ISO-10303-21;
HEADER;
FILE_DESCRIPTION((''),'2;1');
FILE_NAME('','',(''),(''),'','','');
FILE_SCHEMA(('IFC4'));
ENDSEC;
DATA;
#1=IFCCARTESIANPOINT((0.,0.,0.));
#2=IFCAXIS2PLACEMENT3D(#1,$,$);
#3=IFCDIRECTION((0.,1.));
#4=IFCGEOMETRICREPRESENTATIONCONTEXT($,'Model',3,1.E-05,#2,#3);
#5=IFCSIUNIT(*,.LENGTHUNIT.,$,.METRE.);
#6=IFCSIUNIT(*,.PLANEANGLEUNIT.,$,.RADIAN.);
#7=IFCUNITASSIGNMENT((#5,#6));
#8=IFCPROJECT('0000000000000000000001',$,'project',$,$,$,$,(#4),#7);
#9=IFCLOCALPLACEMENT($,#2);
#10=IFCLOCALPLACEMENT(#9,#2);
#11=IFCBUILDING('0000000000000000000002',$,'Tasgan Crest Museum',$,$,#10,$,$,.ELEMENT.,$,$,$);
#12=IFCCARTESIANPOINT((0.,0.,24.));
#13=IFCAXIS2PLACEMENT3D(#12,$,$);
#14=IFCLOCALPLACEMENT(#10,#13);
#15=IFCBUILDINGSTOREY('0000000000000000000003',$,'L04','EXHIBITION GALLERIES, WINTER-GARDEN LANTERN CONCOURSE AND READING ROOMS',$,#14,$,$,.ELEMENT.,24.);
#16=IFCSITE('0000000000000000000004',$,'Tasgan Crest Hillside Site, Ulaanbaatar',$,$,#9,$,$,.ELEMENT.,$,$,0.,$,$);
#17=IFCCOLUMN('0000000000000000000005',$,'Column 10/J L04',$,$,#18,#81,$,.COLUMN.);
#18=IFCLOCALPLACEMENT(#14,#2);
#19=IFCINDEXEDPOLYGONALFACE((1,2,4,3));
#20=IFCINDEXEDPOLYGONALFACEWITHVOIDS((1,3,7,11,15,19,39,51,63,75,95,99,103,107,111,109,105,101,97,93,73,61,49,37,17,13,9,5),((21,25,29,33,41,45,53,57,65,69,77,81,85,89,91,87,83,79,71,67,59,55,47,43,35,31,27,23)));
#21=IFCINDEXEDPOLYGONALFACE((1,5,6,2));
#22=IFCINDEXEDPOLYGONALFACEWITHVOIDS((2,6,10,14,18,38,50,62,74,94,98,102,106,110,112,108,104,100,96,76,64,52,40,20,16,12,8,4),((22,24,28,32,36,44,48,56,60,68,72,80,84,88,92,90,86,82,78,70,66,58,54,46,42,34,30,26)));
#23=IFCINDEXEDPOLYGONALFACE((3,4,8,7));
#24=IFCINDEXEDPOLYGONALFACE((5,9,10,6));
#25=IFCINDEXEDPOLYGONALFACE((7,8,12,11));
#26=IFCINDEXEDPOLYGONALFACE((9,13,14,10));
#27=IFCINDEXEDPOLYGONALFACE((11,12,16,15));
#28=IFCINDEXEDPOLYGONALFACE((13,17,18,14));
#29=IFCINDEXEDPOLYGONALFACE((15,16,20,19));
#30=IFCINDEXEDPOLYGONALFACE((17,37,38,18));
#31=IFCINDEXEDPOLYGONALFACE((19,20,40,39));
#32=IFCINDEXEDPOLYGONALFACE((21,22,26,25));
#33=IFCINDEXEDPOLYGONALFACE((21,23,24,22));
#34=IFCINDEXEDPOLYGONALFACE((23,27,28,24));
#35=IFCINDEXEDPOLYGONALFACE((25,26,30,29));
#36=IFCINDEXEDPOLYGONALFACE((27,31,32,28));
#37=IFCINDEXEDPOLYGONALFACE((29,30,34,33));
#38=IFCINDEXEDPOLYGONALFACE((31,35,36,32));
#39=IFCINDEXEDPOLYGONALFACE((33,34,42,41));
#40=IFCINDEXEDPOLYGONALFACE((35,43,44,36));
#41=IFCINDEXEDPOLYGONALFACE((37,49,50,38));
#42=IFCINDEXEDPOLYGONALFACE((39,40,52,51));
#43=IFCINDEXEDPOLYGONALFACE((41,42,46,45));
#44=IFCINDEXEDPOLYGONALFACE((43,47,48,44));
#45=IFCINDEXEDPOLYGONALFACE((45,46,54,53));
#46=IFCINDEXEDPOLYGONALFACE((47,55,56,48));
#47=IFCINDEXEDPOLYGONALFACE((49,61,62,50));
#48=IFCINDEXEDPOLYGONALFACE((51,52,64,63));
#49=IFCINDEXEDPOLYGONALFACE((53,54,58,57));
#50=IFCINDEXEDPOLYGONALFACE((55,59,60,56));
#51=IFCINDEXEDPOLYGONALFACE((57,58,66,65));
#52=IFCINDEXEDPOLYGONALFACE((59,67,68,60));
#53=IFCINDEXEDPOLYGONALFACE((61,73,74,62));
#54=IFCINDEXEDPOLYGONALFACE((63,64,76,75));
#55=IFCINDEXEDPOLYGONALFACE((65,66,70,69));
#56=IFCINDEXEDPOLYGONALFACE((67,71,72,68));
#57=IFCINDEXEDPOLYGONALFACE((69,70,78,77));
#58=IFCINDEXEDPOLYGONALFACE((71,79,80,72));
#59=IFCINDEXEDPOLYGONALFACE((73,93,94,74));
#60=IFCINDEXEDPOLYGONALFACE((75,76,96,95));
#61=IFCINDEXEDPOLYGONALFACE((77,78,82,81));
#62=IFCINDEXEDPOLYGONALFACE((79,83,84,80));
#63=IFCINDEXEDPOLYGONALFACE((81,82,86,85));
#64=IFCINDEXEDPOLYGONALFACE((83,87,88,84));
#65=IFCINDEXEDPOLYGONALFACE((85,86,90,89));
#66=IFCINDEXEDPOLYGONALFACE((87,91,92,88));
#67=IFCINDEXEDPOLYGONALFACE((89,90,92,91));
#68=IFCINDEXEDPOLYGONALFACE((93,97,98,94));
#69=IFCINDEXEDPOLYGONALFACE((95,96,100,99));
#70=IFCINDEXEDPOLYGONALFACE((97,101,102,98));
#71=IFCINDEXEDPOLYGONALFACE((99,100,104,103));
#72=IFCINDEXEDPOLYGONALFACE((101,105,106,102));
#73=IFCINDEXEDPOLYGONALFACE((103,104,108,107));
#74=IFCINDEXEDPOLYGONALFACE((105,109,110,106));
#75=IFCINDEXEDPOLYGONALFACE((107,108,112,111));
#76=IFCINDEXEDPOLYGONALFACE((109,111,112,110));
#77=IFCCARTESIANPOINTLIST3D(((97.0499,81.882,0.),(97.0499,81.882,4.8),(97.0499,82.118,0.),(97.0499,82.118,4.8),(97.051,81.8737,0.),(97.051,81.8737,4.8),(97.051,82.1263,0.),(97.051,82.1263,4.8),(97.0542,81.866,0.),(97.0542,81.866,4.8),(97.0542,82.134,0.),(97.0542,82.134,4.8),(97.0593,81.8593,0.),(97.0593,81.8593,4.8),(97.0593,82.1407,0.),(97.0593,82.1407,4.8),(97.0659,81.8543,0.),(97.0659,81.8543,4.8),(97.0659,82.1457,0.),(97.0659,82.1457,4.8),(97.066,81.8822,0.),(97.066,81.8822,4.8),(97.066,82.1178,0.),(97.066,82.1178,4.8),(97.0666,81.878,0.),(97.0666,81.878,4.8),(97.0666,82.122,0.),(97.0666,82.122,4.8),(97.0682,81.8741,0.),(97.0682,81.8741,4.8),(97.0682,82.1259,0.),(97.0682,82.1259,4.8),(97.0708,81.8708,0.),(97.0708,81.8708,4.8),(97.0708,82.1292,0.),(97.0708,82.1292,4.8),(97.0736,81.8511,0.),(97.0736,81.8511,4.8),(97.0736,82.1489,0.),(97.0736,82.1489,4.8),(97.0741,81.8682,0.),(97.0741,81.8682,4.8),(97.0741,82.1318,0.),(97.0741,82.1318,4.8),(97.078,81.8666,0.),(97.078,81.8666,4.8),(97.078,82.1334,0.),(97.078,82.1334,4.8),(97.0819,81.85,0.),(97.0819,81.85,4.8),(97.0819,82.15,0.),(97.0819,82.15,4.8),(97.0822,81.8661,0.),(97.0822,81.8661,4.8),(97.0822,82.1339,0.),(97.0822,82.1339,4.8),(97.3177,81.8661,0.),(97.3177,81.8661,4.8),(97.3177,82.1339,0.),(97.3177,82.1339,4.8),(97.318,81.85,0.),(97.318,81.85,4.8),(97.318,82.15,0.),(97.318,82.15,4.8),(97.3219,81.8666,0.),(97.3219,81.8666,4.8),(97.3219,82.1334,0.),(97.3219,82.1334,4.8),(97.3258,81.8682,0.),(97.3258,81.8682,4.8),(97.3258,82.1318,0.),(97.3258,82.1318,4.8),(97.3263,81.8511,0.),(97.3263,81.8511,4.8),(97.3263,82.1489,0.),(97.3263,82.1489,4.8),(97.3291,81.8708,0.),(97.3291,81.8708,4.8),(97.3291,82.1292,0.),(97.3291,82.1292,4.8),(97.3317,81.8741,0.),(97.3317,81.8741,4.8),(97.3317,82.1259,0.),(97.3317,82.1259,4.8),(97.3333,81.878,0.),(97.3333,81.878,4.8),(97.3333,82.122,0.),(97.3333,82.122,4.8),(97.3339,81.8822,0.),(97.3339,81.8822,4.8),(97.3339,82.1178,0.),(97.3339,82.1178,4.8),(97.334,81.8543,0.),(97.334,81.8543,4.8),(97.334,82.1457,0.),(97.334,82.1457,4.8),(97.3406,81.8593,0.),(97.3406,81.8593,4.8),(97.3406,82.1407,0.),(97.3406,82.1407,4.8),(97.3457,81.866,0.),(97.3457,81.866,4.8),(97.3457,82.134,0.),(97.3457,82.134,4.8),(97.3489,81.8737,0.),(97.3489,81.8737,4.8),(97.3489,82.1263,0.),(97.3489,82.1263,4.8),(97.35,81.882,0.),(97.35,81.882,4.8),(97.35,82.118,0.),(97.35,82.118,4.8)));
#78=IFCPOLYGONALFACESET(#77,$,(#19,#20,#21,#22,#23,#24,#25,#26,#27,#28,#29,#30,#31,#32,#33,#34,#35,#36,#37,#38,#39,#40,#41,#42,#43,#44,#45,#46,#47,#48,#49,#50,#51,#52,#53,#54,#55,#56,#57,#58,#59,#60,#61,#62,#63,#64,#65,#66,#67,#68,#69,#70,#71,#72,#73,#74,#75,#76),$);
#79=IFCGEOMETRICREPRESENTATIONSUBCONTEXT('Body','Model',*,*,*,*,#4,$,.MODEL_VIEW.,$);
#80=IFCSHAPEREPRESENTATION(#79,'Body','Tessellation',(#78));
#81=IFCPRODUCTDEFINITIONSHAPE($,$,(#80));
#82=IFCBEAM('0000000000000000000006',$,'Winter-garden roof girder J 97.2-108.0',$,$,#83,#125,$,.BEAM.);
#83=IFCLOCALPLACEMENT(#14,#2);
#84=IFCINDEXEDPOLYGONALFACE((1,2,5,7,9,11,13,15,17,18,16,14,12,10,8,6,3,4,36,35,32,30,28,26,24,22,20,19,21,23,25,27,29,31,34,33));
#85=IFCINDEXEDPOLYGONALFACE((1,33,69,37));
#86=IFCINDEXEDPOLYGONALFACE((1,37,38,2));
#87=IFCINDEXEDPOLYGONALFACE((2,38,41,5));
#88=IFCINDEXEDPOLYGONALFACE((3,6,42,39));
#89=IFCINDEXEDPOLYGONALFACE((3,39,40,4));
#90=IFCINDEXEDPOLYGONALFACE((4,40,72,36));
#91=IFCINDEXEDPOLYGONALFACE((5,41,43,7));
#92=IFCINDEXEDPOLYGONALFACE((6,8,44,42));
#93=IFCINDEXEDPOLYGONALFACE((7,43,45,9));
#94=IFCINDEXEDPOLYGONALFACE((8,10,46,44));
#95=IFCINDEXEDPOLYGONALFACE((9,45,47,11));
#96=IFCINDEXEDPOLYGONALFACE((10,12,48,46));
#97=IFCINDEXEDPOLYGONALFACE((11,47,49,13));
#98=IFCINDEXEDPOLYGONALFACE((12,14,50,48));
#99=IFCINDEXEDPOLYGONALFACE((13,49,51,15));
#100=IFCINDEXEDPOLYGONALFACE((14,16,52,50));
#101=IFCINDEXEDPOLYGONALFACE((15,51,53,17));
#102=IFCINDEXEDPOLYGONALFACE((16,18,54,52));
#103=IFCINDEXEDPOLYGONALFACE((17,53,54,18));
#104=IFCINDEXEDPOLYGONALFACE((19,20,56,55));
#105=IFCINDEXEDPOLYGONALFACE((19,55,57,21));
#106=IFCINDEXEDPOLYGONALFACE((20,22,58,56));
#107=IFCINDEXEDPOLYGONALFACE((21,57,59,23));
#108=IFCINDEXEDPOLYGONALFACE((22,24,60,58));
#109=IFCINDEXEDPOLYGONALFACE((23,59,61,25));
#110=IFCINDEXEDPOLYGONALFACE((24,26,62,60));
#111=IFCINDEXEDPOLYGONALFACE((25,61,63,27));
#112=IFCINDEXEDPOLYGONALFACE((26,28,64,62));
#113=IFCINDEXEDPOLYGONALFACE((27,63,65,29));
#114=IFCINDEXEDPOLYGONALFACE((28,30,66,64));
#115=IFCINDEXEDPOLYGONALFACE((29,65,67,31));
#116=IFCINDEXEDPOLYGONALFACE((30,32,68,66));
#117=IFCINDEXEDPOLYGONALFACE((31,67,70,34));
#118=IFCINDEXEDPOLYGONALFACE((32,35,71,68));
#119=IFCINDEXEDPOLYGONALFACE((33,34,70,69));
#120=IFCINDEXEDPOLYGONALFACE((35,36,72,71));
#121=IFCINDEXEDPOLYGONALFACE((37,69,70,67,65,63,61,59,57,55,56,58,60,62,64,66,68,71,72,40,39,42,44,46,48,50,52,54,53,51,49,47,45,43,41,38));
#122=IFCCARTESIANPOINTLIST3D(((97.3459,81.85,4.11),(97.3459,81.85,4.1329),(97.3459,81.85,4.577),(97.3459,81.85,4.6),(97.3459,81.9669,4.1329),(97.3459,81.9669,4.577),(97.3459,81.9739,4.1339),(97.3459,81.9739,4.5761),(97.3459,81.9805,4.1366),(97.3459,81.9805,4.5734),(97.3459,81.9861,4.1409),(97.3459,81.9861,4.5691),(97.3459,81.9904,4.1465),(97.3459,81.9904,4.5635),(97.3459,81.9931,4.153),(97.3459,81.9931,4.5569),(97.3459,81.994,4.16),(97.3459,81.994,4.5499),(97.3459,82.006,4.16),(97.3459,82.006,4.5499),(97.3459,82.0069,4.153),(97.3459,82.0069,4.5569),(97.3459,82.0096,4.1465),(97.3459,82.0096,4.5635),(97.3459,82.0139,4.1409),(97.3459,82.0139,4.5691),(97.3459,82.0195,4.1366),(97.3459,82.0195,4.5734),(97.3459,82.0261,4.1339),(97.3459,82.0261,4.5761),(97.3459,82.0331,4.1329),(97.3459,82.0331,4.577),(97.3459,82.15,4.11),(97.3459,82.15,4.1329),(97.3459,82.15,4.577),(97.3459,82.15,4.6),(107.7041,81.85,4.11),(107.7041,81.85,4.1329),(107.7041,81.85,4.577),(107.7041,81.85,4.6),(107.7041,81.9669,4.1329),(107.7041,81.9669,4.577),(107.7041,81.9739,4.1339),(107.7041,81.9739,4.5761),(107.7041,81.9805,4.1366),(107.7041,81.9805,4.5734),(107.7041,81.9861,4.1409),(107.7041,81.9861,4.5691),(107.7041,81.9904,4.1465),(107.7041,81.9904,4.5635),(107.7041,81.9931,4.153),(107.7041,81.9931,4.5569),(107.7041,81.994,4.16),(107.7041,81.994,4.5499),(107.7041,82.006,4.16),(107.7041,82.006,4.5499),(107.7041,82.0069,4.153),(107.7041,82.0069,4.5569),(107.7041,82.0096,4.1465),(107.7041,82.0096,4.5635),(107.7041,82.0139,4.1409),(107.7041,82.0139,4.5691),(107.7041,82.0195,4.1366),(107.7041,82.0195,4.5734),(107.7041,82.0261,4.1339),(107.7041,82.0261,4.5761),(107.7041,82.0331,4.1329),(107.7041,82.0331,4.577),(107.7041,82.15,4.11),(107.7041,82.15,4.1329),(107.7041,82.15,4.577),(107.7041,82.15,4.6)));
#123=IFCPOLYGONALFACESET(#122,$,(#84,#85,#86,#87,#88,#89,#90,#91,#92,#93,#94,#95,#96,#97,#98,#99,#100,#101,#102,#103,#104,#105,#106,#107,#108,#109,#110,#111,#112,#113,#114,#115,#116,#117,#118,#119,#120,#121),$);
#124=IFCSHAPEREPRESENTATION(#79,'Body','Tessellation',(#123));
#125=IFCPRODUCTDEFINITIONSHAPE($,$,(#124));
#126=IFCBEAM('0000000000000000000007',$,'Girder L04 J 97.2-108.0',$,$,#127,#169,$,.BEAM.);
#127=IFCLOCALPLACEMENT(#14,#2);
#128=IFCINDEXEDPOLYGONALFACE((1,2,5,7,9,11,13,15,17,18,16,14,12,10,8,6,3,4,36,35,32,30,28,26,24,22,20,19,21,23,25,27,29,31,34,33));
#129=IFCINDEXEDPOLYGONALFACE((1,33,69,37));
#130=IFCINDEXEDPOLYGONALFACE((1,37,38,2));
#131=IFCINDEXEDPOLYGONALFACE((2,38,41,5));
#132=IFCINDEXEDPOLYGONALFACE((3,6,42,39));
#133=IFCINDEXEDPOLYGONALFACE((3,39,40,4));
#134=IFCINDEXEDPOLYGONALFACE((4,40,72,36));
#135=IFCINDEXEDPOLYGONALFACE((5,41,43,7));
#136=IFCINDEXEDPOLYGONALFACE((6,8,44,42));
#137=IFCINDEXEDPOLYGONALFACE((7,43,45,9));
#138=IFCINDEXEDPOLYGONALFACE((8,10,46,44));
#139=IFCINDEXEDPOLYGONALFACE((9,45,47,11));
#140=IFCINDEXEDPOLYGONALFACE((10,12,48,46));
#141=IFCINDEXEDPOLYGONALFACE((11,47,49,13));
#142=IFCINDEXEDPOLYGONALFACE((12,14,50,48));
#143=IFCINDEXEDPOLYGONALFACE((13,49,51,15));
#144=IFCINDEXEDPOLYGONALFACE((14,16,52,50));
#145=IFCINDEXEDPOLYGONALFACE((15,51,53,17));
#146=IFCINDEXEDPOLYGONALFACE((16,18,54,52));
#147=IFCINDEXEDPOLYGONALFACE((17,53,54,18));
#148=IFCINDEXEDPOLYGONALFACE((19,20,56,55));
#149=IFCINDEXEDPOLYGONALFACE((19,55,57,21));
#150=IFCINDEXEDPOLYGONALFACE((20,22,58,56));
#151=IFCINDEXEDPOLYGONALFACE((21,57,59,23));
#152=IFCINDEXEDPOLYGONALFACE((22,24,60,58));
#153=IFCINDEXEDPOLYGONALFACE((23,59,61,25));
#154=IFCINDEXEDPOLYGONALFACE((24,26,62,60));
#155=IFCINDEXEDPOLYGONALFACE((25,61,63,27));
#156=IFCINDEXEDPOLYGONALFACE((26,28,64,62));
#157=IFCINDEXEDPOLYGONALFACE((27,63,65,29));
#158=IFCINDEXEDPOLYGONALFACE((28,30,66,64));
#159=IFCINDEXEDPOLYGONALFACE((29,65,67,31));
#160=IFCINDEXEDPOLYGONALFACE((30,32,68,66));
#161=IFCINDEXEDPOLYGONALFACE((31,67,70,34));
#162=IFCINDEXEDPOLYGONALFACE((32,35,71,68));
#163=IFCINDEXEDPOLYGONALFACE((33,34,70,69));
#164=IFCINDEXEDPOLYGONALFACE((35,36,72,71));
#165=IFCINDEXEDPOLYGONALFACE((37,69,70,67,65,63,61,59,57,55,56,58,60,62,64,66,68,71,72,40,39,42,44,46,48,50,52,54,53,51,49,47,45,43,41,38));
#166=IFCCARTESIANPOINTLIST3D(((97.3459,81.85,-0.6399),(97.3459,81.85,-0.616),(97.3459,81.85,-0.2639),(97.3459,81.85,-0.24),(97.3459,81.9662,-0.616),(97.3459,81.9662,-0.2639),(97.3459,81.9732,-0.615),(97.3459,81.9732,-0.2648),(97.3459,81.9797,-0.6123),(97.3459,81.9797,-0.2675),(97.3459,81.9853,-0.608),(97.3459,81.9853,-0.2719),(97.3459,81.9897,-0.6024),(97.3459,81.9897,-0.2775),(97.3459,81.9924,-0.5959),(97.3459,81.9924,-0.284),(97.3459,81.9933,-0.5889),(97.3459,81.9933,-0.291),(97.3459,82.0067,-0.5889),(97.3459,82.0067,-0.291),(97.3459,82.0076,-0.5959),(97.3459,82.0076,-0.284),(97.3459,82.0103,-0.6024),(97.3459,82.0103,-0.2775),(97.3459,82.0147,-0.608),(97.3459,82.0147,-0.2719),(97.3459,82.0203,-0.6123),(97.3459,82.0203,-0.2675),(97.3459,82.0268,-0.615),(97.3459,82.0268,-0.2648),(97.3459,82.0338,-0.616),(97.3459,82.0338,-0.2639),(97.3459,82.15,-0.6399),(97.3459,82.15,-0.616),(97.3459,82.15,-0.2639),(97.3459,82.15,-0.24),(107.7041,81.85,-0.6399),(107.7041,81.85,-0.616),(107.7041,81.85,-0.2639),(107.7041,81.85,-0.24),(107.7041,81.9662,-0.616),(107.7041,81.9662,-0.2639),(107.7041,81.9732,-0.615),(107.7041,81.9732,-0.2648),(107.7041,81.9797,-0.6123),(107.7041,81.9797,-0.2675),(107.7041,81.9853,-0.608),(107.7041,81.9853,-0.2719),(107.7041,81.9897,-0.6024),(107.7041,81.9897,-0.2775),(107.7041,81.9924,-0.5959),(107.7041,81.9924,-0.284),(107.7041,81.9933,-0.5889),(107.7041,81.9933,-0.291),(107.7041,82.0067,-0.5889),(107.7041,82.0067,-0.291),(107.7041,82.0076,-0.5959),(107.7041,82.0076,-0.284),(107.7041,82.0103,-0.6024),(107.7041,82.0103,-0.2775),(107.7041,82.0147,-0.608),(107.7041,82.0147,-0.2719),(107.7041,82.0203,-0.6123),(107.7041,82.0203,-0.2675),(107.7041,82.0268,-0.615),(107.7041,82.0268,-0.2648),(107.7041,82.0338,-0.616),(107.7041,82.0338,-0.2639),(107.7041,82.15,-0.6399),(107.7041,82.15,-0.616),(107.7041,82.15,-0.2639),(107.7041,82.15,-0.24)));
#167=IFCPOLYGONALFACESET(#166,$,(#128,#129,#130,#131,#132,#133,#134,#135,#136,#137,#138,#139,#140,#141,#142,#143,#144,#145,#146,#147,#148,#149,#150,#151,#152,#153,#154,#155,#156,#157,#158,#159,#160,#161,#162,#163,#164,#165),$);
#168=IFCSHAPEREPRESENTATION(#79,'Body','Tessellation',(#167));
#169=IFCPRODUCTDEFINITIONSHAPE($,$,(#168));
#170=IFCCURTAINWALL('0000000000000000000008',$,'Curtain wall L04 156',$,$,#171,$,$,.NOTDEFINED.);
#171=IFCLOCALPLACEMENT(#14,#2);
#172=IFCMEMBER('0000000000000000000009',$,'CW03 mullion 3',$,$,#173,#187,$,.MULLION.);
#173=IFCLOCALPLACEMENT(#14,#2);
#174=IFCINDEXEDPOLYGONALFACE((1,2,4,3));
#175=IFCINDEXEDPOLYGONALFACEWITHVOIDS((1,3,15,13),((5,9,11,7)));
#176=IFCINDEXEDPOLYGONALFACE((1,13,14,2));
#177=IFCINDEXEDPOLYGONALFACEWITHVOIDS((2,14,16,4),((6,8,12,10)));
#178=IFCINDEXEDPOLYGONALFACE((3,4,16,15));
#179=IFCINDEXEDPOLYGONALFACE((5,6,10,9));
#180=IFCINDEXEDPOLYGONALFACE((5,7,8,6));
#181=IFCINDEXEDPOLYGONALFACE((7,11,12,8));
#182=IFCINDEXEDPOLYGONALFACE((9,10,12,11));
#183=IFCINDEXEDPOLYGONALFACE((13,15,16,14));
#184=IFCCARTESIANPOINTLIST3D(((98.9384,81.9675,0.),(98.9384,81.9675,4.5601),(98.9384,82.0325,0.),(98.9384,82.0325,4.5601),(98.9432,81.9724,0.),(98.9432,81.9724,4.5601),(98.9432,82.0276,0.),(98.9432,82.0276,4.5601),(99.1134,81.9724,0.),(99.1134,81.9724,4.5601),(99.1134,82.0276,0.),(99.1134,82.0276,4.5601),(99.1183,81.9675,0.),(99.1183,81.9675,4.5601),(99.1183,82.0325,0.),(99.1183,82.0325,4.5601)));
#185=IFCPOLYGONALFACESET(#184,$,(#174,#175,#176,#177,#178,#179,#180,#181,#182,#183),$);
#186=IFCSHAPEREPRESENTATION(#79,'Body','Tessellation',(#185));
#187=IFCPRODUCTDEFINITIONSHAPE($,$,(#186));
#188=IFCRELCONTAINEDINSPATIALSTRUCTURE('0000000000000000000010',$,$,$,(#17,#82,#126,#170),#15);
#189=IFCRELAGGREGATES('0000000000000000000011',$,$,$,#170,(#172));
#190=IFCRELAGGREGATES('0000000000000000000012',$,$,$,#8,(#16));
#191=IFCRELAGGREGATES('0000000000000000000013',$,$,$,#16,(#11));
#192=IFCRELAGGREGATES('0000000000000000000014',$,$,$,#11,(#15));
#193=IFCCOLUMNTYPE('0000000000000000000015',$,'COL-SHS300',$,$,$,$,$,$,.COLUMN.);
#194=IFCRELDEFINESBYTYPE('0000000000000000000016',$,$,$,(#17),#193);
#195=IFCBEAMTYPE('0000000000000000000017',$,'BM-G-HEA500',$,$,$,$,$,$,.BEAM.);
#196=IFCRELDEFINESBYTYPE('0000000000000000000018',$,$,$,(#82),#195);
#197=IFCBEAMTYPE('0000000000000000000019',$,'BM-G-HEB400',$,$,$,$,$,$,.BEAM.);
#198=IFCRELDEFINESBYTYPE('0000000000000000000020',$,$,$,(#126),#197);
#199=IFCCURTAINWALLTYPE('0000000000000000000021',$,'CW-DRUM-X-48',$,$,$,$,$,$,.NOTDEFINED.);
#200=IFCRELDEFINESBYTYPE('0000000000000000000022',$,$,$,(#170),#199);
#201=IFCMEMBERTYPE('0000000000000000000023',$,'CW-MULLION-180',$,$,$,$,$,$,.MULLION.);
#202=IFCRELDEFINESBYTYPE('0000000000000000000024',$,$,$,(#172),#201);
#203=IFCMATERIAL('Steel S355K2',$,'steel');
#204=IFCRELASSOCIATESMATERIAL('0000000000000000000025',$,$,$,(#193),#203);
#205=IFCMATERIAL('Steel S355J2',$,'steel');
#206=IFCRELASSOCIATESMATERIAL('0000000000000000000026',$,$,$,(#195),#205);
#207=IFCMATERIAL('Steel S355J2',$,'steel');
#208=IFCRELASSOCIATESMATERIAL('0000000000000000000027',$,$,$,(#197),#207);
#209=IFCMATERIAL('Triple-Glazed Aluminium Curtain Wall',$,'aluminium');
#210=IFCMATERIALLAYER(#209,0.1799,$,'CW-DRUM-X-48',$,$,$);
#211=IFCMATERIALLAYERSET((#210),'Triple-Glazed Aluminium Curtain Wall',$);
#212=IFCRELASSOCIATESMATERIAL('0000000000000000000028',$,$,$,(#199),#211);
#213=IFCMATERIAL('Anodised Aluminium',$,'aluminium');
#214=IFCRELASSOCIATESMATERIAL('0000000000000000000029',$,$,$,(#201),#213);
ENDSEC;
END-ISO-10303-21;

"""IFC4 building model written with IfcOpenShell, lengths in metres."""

from ifc_helpers import new_model, si_unit, direction, frame, origin, origin_2d, place, context, subcontext, project, spatial, hollow_rectangle, i_section, extrude, material, layer, layer_set, material_profile, profile_set, type_object, element, aggregate, save


model = new_model("IFC4")

# Units and contexts
model_context = context("Model", 3, precision=1e-05, world=origin(), true_north=direction((0.0, 1.0)))
body_context = subcontext(model_context, "Body", "Model", "MODEL_VIEW")
ifc_project = project(units=[si_unit("LENGTHUNIT", "METRE"), si_unit("PLANEANGLEUNIT", "RADIAN")], contexts=[model_context])

# Site, building, storey
site_placement = place(None, origin())
site = spatial("IfcSite", under=ifc_project, at=site_placement, Name="Tasgan Crest Hillside Site, Ulaanbaatar", CompositionType="ELEMENT", RefElevation=0.0)
building_placement = place(site_placement, origin())
building = spatial("IfcBuilding", under=site, at=building_placement, Name="Tasgan Crest Museum", CompositionType="ELEMENT")
storey_placement = place(building_placement, frame((0.0, 0.0, 24.0)))
storey = spatial("IfcBuildingStorey", under=building, at=storey_placement, Name="L04", Description="EXHIBITION GALLERIES, WINTER-GARDEN LANTERN CONCOURSE AND READING ROOMS", CompositionType="ELEMENT", Elevation=24.0)

# Column
ifc_material_1 = material(Name="Steel S355K2", Category="steel")
ifc_material_profile_1 = material_profile(ifc_material_1, hollow_rectangle(XDim=0.3, YDim=0.3, WallThickness=0.0161, InnerFilletRadius=0.0161, OuterFilletRadius=0.032, at=origin_2d()), Name="SHS 300x300x16")
ifc_profile_set_1 = profile_set([ifc_material_profile_1], Name="Steel S355K2")
column_type = type_object("IfcColumnType", Name="COL-SHS300", PredefinedType="COLUMN", material=ifc_profile_set_1)
column_placement = place(storey_placement, frame((97.2, 82.0, 0.0), z_axis=(0.0, 0.0, 1.0), x_axis=(1.0, 0.0, 0.0)))
element("IfcColumn", 1, at=column_placement, inside=storey, type_object=column_type, Name="Column 10/J L04", PredefinedType="COLUMN", context=body_context, shape_type="SweptSolid", body=[
    extrude(hollow_rectangle(XDim=0.3, YDim=0.3, WallThickness=0.0161, InnerFilletRadius=0.0161, OuterFilletRadius=0.032, at=origin_2d()), origin(), (0.0, 0.0, 1.0), 4.8),
])

# Beams
ifc_material_2 = material(Name="Steel S355J2", Category="steel")
ifc_material_profile_2 = material_profile(ifc_material_2, i_section(OverallWidth=0.3, OverallDepth=0.49, WebThickness=0.012, FlangeThickness=0.0229, FilletRadius=0.0271, at=origin_2d()), Name="HEA 500")
ifc_profile_set_2 = profile_set([ifc_material_profile_2], Name="Steel S355J2")
beam_type_1 = type_object("IfcBeamType", Name="BM-G-HEA500", PredefinedType="BEAM", material=ifc_profile_set_2)
beam_1_placement = place(storey_placement, frame((97.3459, 82.0, 4.355), z_axis=(1.0, 0.0, 0.0), x_axis=(0.0, 1.0, 0.0)))
element("IfcBeam", 2, at=beam_1_placement, inside=storey, type_object=beam_type_1, Name="Winter-garden roof girder J 97.2-108.0", PredefinedType="BEAM", context=body_context, shape_type="SweptSolid", body=[
    extrude(i_section(OverallWidth=0.3, OverallDepth=0.49, WebThickness=0.012, FlangeThickness=0.0229, FilletRadius=0.0271, at=origin_2d()), origin(), (0.0, 0.0, 1.0), 10.3582),
])
ifc_material_3 = material(Name="Steel S355J2", Category="steel")
ifc_material_profile_3 = material_profile(ifc_material_3, i_section(OverallWidth=0.3, OverallDepth=0.3999, WebThickness=0.0134, FlangeThickness=0.0239, FilletRadius=0.0271, at=origin_2d()), Name="HEB 400")
ifc_profile_set_3 = profile_set([ifc_material_profile_3], Name="Steel S355J2")
beam_type_2 = type_object("IfcBeamType", Name="BM-G-HEB400", PredefinedType="BEAM", material=ifc_profile_set_3)
beam_2_placement = place(storey_placement, frame((97.3459, 82.0, -0.4399), z_axis=(1.0, 0.0, 0.0), x_axis=(0.0, 1.0, 0.0)))
element("IfcBeam", 3, at=beam_2_placement, inside=storey, type_object=beam_type_2, Name="Girder L04 J 97.2-108.0", PredefinedType="BEAM", context=body_context, shape_type="SweptSolid", body=[
    extrude(i_section(OverallWidth=0.3, OverallDepth=0.3999, WebThickness=0.0134, FlangeThickness=0.0239, FilletRadius=0.0271, at=origin_2d()), origin(), (0.0, 0.0, 1.0), 10.3582),
])

# Curtain wall, member
ifc_material_4 = material(Name="Triple-Glazed Aluminium Curtain Wall", Category="aluminium")
ifc_layer_1 = layer(ifc_material_4, 0.1799, Name="CW-DRUM-X-48")
ifc_layer_set_1 = layer_set([ifc_layer_1], Name="Triple-Glazed Aluminium Curtain Wall")
curtain_wall_type = type_object("IfcCurtainWallType", Name="CW-DRUM-X-48", PredefinedType="NOTDEFINED", material=ifc_layer_set_1)
curtain_wall_1_placement = place(storey_placement, origin())
curtain_wall_1 = element("IfcCurtainWall", 4, at=curtain_wall_1_placement, inside=storey, type_object=curtain_wall_type, Name="Curtain wall L04 156", PredefinedType="NOTDEFINED")
ifc_material_5 = material(Name="Anodised Aluminium", Category="aluminium")
ifc_material_profile_4 = material_profile(ifc_material_5, hollow_rectangle(XDim=0.0649, YDim=0.1799, WallThickness=0.0049, at=origin_2d()), Name="ALU MULLION 180x65x5")
ifc_profile_set_4 = profile_set([ifc_material_profile_4], Name="Anodised Aluminium")
member_type_1 = type_object("IfcMemberType", Name="CW-MULLION-180", PredefinedType="MULLION", material=ifc_profile_set_4)
member_1_placement = place(storey_placement, frame((99.0283, 82.0, 0.0), z_axis=(0.0, 0.0, 1.0), x_axis=(0.0, -1.0, 0.0)))
member_1 = element("IfcMember", 5, at=member_1_placement, type_object=member_type_1, Name="CW03 mullion 3", PredefinedType="MULLION", context=body_context, shape_type="SweptSolid", body=[
    extrude(hollow_rectangle(XDim=0.0649, YDim=0.1799, WallThickness=0.0049, at=origin_2d()), origin(), (0.0, 0.0, 1.0), 4.5601),
])

aggregate(curtain_wall_1, [member_1])

save(model, "model.ifc")
